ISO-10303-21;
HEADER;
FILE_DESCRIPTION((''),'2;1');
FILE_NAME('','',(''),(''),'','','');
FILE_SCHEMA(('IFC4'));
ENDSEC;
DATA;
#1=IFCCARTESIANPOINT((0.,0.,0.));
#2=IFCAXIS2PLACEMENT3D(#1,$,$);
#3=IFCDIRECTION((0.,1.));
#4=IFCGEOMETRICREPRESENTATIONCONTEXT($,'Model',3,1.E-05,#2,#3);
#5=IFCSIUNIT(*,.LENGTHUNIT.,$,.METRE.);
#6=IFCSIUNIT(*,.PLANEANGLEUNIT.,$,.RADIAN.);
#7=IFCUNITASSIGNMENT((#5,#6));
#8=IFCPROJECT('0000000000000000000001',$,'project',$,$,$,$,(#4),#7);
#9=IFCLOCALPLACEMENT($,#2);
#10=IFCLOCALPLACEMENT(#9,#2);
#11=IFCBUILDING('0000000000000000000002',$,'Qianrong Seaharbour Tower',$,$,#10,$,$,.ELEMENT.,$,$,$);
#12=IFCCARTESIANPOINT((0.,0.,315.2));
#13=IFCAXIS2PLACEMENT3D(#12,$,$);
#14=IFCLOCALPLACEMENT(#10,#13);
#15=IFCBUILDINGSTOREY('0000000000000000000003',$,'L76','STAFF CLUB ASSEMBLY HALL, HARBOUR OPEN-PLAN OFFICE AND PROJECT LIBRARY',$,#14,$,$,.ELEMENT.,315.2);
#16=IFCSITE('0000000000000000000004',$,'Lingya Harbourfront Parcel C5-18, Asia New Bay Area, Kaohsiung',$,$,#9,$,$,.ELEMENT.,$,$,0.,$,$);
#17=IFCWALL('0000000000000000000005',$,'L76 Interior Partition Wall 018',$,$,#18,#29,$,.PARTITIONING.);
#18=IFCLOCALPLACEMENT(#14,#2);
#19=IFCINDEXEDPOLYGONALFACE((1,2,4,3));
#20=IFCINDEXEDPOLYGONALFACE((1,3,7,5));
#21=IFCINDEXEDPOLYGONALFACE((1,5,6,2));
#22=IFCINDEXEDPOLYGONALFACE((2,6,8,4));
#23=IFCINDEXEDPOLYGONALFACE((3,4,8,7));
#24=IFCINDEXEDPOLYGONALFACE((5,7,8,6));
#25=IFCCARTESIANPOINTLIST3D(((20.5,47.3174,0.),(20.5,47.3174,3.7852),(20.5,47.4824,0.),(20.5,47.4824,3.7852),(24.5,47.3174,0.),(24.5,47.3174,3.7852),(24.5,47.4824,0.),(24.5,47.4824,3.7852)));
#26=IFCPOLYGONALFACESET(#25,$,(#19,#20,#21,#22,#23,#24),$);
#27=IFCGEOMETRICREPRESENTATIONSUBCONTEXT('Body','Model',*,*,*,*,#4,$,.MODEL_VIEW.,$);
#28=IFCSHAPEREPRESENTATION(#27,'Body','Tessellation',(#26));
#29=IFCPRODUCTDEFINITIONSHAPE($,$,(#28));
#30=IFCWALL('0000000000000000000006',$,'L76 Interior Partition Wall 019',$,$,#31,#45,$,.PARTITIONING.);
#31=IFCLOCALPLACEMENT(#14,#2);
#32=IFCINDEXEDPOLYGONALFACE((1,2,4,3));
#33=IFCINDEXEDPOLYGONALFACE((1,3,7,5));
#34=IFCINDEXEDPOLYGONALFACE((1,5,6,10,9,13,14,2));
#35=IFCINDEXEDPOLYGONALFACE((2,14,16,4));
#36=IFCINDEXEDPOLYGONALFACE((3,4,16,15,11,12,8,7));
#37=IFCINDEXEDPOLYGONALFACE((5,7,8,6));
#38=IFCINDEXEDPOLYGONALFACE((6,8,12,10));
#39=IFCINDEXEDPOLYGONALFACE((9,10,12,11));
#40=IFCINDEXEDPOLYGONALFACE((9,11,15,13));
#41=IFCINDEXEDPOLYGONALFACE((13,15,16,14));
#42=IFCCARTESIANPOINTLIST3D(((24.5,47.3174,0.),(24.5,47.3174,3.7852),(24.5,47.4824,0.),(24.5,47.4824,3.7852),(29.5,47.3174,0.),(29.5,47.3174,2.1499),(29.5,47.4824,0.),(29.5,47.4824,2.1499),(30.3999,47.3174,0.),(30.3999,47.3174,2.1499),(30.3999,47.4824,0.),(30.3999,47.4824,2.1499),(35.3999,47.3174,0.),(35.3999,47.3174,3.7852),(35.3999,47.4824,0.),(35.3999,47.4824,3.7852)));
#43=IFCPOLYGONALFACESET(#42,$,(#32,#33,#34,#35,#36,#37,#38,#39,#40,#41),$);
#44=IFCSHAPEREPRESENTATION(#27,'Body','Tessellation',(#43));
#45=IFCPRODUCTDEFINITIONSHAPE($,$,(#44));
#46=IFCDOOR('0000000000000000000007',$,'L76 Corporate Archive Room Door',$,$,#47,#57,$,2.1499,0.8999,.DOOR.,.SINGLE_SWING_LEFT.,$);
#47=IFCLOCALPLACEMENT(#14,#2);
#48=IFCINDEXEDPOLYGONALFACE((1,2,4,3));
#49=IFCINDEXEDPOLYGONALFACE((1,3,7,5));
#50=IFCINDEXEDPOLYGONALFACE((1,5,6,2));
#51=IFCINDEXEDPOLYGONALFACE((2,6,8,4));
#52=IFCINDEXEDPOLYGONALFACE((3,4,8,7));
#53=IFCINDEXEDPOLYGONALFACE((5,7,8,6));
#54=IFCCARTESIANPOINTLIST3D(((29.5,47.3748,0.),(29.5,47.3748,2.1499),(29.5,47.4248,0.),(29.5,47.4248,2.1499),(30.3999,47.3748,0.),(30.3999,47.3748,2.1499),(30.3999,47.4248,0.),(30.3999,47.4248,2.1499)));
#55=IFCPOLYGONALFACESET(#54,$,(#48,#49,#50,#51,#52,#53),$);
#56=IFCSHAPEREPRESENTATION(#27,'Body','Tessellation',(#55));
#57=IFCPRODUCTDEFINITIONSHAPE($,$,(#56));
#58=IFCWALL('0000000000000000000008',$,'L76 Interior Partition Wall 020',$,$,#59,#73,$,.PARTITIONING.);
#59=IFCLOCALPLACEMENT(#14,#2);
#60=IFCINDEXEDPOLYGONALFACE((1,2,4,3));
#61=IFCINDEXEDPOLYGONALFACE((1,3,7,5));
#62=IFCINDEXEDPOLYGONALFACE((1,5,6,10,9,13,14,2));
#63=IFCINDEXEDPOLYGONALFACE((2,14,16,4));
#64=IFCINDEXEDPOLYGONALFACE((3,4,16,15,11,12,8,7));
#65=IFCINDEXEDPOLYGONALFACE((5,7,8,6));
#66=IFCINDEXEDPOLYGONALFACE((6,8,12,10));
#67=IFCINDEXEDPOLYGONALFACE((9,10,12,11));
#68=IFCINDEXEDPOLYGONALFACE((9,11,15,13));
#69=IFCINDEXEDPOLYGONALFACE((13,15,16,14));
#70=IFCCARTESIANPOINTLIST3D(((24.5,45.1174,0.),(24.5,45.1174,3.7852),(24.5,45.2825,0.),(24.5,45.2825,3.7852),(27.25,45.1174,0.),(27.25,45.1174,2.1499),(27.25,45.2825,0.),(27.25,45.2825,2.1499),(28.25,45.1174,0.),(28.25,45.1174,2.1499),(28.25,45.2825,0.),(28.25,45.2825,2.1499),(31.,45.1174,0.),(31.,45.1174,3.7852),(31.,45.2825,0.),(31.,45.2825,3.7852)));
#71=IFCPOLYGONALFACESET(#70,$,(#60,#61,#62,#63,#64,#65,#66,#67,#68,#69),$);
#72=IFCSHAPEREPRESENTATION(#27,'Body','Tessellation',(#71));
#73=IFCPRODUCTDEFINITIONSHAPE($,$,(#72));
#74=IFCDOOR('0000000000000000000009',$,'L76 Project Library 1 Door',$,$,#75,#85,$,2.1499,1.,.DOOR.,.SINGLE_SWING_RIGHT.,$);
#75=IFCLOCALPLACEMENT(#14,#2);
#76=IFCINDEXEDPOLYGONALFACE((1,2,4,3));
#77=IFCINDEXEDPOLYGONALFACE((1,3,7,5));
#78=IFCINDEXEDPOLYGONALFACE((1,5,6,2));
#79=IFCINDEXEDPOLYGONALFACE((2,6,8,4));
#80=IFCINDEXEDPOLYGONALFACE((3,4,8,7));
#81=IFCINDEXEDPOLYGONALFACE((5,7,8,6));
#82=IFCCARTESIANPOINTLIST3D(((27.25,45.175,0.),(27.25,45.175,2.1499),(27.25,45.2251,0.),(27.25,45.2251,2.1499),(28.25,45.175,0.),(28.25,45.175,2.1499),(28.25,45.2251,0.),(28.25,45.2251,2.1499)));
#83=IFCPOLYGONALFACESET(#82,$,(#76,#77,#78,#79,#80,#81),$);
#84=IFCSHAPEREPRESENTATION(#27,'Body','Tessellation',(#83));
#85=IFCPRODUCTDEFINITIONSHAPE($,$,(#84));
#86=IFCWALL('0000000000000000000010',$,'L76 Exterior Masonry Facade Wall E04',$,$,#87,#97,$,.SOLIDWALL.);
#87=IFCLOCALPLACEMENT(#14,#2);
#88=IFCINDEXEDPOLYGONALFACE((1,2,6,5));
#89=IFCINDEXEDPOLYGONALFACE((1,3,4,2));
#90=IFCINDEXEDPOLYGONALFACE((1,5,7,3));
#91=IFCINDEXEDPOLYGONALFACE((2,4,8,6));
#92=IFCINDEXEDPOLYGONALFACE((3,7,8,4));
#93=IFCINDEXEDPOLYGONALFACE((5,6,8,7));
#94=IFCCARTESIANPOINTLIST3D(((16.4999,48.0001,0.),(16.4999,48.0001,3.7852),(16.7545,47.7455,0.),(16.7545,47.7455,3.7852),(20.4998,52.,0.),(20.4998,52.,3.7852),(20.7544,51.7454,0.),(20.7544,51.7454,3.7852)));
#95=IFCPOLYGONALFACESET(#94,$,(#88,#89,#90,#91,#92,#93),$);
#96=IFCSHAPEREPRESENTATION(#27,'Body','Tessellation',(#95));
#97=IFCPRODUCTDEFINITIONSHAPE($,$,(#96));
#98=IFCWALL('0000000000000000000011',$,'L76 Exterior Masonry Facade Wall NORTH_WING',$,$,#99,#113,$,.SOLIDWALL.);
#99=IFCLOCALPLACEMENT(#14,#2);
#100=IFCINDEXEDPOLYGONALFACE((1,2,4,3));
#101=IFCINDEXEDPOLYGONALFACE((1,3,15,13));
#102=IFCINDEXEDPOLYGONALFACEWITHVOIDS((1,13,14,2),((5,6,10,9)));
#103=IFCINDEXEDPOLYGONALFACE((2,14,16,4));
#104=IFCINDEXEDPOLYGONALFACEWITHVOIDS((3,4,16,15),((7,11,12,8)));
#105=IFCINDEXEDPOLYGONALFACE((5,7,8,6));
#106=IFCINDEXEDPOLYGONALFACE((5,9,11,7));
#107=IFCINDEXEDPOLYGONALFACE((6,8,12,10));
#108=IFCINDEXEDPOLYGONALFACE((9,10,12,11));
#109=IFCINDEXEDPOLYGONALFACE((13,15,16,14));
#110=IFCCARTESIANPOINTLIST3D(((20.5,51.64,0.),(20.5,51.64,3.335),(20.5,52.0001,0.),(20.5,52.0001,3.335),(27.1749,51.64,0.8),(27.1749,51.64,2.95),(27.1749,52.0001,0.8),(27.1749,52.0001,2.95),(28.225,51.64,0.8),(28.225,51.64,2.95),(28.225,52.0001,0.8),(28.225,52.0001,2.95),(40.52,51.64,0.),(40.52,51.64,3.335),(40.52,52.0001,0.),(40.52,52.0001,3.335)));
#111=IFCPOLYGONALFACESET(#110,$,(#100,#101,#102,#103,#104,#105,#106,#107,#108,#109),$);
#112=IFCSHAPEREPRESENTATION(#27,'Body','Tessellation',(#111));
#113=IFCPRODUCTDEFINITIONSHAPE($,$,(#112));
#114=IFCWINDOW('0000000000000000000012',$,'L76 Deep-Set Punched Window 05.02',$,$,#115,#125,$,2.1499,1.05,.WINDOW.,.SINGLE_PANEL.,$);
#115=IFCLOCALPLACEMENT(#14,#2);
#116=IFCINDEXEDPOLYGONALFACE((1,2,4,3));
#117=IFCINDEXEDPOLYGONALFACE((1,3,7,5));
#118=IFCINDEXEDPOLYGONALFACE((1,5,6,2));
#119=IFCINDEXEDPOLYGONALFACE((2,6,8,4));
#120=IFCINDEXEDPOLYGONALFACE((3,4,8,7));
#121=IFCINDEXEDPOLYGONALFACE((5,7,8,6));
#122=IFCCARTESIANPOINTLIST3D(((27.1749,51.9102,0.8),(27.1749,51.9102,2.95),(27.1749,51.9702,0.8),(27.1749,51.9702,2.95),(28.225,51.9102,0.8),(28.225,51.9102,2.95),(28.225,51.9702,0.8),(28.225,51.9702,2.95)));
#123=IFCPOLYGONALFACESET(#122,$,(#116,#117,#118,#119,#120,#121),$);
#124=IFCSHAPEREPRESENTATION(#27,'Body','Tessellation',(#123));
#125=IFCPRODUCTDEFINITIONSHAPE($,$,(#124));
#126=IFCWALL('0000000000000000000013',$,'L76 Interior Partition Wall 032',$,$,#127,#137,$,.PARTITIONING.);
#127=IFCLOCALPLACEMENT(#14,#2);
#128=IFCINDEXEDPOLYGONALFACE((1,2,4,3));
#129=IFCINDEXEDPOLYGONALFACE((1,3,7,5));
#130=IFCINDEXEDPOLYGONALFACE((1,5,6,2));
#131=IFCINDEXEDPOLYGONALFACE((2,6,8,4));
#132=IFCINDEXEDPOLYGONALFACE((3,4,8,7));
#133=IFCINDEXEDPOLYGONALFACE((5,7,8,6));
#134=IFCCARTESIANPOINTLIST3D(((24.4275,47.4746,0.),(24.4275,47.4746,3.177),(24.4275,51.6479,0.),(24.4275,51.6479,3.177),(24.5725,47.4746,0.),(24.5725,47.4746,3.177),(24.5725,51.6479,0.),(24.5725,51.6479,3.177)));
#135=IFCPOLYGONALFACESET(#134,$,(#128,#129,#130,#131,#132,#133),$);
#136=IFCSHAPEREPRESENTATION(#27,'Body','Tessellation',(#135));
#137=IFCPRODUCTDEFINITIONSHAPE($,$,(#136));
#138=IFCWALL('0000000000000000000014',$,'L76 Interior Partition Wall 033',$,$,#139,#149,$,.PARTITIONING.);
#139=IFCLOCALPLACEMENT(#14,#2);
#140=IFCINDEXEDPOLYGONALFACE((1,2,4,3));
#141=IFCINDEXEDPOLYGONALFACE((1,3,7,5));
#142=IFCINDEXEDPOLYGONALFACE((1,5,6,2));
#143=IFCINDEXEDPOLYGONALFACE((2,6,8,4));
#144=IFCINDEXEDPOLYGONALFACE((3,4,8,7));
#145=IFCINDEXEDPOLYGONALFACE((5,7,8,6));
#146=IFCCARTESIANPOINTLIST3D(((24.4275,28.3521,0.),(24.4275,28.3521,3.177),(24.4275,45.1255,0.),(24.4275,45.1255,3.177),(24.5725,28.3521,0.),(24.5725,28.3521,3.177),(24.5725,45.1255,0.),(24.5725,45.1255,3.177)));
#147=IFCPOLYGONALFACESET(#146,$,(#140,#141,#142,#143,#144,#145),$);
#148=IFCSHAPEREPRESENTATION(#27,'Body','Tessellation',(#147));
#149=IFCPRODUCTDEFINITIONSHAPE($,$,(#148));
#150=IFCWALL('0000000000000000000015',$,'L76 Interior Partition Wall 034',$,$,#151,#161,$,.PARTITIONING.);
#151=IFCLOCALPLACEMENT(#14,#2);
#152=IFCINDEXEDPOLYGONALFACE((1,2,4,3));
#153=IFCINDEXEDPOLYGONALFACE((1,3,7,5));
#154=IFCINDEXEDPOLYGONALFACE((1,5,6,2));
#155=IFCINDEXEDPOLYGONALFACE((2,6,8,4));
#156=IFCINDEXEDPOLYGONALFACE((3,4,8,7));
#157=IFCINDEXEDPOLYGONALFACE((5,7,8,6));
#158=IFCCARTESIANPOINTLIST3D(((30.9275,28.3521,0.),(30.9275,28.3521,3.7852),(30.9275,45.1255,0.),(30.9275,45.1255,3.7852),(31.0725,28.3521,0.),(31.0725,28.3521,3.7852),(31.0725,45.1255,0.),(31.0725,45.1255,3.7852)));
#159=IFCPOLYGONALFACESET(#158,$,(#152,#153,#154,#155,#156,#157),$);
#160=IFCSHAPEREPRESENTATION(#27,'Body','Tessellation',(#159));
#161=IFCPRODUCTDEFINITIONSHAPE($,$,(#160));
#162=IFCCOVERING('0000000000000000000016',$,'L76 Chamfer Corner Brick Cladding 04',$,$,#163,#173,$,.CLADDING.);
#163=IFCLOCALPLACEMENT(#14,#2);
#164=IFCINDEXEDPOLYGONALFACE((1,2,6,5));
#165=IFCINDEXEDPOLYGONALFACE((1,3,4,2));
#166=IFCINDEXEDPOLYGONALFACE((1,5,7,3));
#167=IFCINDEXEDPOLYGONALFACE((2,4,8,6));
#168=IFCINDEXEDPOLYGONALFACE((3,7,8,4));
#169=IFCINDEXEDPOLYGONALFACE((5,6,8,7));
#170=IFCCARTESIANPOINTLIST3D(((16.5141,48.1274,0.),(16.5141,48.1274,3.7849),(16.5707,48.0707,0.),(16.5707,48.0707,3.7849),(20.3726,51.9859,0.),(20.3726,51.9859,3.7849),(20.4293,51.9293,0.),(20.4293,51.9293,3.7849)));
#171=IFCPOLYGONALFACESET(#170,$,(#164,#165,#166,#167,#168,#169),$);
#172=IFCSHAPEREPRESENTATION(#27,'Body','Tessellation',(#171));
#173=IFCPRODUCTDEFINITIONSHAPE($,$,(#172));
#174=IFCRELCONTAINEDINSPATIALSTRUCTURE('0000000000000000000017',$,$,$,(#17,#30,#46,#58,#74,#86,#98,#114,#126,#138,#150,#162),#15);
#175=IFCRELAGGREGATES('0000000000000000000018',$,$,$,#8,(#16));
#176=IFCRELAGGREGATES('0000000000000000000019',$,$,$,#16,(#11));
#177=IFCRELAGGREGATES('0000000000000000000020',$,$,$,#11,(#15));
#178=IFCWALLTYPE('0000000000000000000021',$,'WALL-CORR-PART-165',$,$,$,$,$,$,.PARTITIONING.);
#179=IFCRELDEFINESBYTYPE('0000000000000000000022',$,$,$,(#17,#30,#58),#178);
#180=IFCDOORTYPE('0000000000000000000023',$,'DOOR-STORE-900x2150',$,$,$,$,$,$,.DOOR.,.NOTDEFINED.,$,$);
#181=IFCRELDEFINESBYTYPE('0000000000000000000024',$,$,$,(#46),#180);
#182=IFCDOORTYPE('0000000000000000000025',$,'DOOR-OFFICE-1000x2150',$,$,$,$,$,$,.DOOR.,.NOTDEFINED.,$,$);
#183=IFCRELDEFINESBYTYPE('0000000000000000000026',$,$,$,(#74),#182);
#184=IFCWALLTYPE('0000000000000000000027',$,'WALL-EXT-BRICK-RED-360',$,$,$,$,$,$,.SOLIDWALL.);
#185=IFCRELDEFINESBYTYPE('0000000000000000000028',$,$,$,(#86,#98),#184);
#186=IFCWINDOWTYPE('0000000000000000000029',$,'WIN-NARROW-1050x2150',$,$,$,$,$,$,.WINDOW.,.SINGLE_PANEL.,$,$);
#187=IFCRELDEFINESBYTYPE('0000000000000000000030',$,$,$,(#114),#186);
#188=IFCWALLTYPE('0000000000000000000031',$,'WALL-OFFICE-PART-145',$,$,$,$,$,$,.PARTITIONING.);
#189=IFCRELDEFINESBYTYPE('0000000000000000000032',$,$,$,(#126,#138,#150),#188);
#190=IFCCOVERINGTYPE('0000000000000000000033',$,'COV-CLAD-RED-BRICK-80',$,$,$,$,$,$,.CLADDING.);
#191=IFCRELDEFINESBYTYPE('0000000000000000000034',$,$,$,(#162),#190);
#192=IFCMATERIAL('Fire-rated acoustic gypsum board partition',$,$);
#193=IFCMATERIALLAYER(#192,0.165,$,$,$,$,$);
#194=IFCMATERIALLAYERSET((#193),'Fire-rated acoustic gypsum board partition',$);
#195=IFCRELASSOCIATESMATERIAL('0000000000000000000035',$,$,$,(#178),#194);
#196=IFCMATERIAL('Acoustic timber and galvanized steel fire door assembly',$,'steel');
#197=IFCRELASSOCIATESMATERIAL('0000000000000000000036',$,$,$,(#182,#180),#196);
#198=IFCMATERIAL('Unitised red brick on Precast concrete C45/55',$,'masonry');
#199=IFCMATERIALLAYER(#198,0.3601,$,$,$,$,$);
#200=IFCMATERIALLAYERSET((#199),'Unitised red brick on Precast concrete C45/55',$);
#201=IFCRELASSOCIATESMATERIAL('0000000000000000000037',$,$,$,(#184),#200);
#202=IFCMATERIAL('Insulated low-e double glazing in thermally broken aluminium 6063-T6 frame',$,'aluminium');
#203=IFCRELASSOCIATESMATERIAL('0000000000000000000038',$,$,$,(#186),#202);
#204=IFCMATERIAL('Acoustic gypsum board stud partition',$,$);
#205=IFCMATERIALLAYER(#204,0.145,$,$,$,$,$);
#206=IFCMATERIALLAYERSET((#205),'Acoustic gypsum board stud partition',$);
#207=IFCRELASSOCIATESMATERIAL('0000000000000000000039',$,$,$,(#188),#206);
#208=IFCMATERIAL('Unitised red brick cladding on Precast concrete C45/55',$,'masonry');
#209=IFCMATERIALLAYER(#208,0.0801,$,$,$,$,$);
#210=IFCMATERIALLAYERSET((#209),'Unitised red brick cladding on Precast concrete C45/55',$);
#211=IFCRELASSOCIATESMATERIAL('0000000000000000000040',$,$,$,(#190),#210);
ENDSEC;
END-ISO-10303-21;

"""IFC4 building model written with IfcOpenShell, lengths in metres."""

from ifc_helpers import new_model, si_unit, direction, frame, frame_2d, origin, origin_2d, place, context, subcontext, project, spatial, rectangle, extrude, material, layer, layer_set, type_object, element, fill, save


model = new_model("IFC4")

# Units and contexts
model_context = context("Model", 3, precision=1e-05, world=origin(), true_north=direction((0.0, 1.0)))
body_context = subcontext(model_context, "Body", "Model", "MODEL_VIEW")
ifc_project = project(units=[si_unit("LENGTHUNIT", "METRE"), si_unit("PLANEANGLEUNIT", "RADIAN")], contexts=[model_context])

# Site, building, storey
site_placement = place(None, origin())
site = spatial("IfcSite", under=ifc_project, at=site_placement, Name="Lingya Harbourfront Parcel C5-18, Asia New Bay Area, Kaohsiung", CompositionType="ELEMENT", RefElevation=0.0)
building_placement = place(site_placement, origin())
building = spatial("IfcBuilding", under=site, at=building_placement, Name="Qianrong Seaharbour Tower", CompositionType="ELEMENT")
storey_placement = place(building_placement, frame((0.0, 0.0, 315.2)))
storey = spatial("IfcBuildingStorey", under=building, at=storey_placement, Name="L76", Description="STAFF CLUB ASSEMBLY HALL, HARBOUR OPEN-PLAN OFFICE AND PROJECT LIBRARY", CompositionType="ELEMENT", Elevation=315.2)

# Shared definitions
ifc_material_1 = material(Name="Fire-rated acoustic gypsum board partition")
ifc_layer_1 = layer(ifc_material_1, 0.165)
ifc_layer_set_1 = layer_set([ifc_layer_1], Name="Fire-rated acoustic gypsum board partition")
wall_type_1 = type_object("IfcWallType", Name="WALL-CORR-PART-165", PredefinedType="PARTITIONING", material=ifc_layer_set_1)
ifc_material_2 = material(Name="Acoustic timber and galvanized steel fire door assembly", Category="steel")
door_type_1 = type_object("IfcDoorType", Name="DOOR-OFFICE-1000x2150", OperationType="NOTDEFINED", PredefinedType="DOOR", material=ifc_material_2)

# Wall
wall_1_placement = place(storey_placement, frame((20.5, 47.3999, 0.0), z_axis=(0.0, 0.0, 1.0), x_axis=(1.0, 0.0, 0.0)))
element("IfcWall", 1, at=wall_1_placement, inside=storey, type_object=wall_type_1, Name="L76 Interior Partition Wall 018", PredefinedType="PARTITIONING", context=body_context, shape_type="SweptSolid", body=[
    extrude(rectangle(XDim=4.0, YDim=0.165, at=frame_2d((2.0, 0.0))), origin(), (0.0, 0.0, 1.0), 3.7852),
])

# Walls, openings, doors
wall_2_placement = place(storey_placement, frame((24.5, 47.3999, 0.0), z_axis=(0.0, 0.0, 1.0), x_axis=(1.0, 0.0, 0.0)))
wall_2 = element("IfcWall", 2, at=wall_2_placement, inside=storey, type_object=wall_type_1, Name="L76 Interior Partition Wall 019", PredefinedType="PARTITIONING", context=body_context, shape_type="SweptSolid", body=[
    extrude(rectangle(XDim=10.8999, YDim=0.165, at=frame_2d((5.45, 0.0))), origin(), (0.0, 0.0, 1.0), 3.7852),
])
opening_1_placement = place(wall_2_placement, frame((5.0, 0.0, 0.0)))
opening_1 = element("IfcOpeningElement", 3, at=opening_1_placement, cuts=wall_2, PredefinedType="OPENING", context=body_context, shape_type="SweptSolid", body=[
    extrude(rectangle(XDim=0.8999, YDim=2.1499, at=frame_2d((0.45, 1.075))), frame((0.0, 0.0925, 0.0), z_axis=(0.0, -1.0, 0.0), x_axis=(1.0, 0.0, 0.0)), (0.0, 0.0, 1.0), 0.1851),
])
door_type_2 = type_object("IfcDoorType", Name="DOOR-STORE-900x2150", OperationType="NOTDEFINED", PredefinedType="DOOR", material=ifc_material_2)
door_1_placement = place(opening_1_placement, origin())
door_1 = element("IfcDoor", 4, at=door_1_placement, inside=storey, type_object=door_type_2, Name="L76 Corporate Archive Room Door", OperationType="SINGLE_SWING_LEFT", OverallHeight=2.1499, OverallWidth=0.8999, PredefinedType="DOOR", context=body_context, shape_type="SweptSolid", body=[
    extrude(rectangle(XDim=0.8999, YDim=2.1499, at=frame_2d((0.45, 1.075))), frame((0.0, 0.0249, 0.0), z_axis=(0.0, -1.0, 0.0), x_axis=(1.0, 0.0, 0.0)), (0.0, 0.0, 1.0), 0.05),
])
fill(opening_1, door_1)
wall_3_placement = place(storey_placement, frame((31.0, 45.2, 0.0), z_axis=(0.0, 0.0, 1.0), x_axis=(-1.0, 0.0, 0.0)))
wall_3 = element("IfcWall", 5, at=wall_3_placement, inside=storey, type_object=wall_type_1, Name="L76 Interior Partition Wall 020", PredefinedType="PARTITIONING", context=body_context, shape_type="SweptSolid", body=[
    extrude(rectangle(XDim=6.5, YDim=0.165, at=frame_2d((3.25, 0.0))), origin(), (0.0, 0.0, 1.0), 3.7852),
])
opening_2_placement = place(wall_3_placement, frame((2.75, 0.0, 0.0)))
opening_2 = element("IfcOpeningElement", 6, at=opening_2_placement, cuts=wall_3, PredefinedType="OPENING", context=body_context, shape_type="SweptSolid", body=[
    extrude(rectangle(XDim=1.0, YDim=2.1499, at=frame_2d((0.5, 1.075))), frame((0.0, 0.0925, 0.0), z_axis=(0.0, -1.0, 0.0), x_axis=(1.0, 0.0, 0.0)), (0.0, 0.0, 1.0), 0.1851),
])
door_2_placement = place(opening_2_placement, origin())
door_2 = element("IfcDoor", 7, at=door_2_placement, inside=storey, type_object=door_type_1, Name="L76 Project Library 1 Door", OperationType="SINGLE_SWING_RIGHT", OverallHeight=2.1499, OverallWidth=1.0, PredefinedType="DOOR", context=body_context, shape_type="SweptSolid", body=[
    extrude(rectangle(XDim=1.0, YDim=2.1499, at=frame_2d((0.5, 1.075))), frame((0.0, 0.0249, 0.0), z_axis=(0.0, -1.0, 0.0), x_axis=(1.0, 0.0, 0.0)), (0.0, 0.0, 1.0), 0.05),
])
fill(opening_2, door_2)

# Wall
ifc_material_3 = material(Name="Unitised red brick on Precast concrete C45/55", Category="masonry")
ifc_layer_2 = layer(ifc_material_3, 0.3601)
ifc_layer_set_2 = layer_set([ifc_layer_2], Name="Unitised red brick on Precast concrete C45/55")
wall_type_2 = type_object("IfcWallType", Name="WALL-EXT-BRICK-RED-360", PredefinedType="SOLIDWALL", material=ifc_layer_set_2)
wall_4_placement = place(storey_placement, frame((16.6272, 47.8728, 0.0), z_axis=(0.0, 0.0, 1.0), x_axis=(0.707107, 0.707107, 0.0)))
element("IfcWall", 8, at=wall_4_placement, inside=storey, type_object=wall_type_2, Name="L76 Exterior Masonry Facade Wall E04", PredefinedType="SOLIDWALL", context=body_context, shape_type="SweptSolid", body=[
    extrude(rectangle(XDim=5.6567, YDim=0.3601, at=frame_2d((2.8284, 0.0))), origin(), (0.0, 0.0, 1.0), 3.7852),
])

# Wall, opening, window
wall_5_placement = place(storey_placement, frame((20.5, 51.8201, 0.0), z_axis=(0.0, 0.0, 1.0), x_axis=(1.0, 0.0, 0.0)))
wall_5 = element("IfcWall", 9, at=wall_5_placement, inside=storey, type_object=wall_type_2, Name="L76 Exterior Masonry Facade Wall NORTH_WING", PredefinedType="SOLIDWALL", context=body_context, shape_type="SweptSolid", body=[
    extrude(rectangle(XDim=20.02, YDim=0.3601, at=frame_2d((10.01, 0.0))), origin(), (0.0, 0.0, 1.0), 3.335),
])
opening_3_placement = place(wall_5_placement, frame((6.675, 0.0, 0.8)))
opening_3 = element("IfcOpeningElement", 10, at=opening_3_placement, cuts=wall_5, PredefinedType="OPENING", context=body_context, shape_type="SweptSolid", body=[
    extrude(rectangle(XDim=1.05, YDim=2.1499, at=frame_2d((0.5249, 1.075))), frame((0.0, 0.1899, 0.0), z_axis=(0.0, -1.0, 0.0), x_axis=(1.0, 0.0, 0.0)), (0.0, 0.0, 1.0), 0.3801),
])
ifc_material_4 = material(Name="Insulated low-e double glazing in thermally broken aluminium 6063-T6 frame", Category="aluminium")
window_type = type_object("IfcWindowType", Name="WIN-NARROW-1050x2150", PartitioningType="SINGLE_PANEL", PredefinedType="WINDOW", material=ifc_material_4)
window_placement = place(opening_3_placement, origin())
window = element("IfcWindow", 11, at=window_placement, inside=storey, type_object=window_type, Name="L76 Deep-Set Punched Window 05.02", OverallHeight=2.1499, OverallWidth=1.05, PartitioningType="SINGLE_PANEL", PredefinedType="WINDOW", context=body_context, shape_type="SweptSolid", body=[
    extrude(rectangle(XDim=1.05, YDim=2.1499, at=frame_2d((0.5249, 1.075))), frame((0.0, 0.1501, 0.0), z_axis=(0.0, -1.0, 0.0), x_axis=(1.0, 0.0, 0.0)), (0.0, 0.0, 1.0), 0.0601),
])
fill(opening_3, window)

# Walls
ifc_material_5 = material(Name="Acoustic gypsum board stud partition")
ifc_layer_3 = layer(ifc_material_5, 0.145)
ifc_layer_set_3 = layer_set([ifc_layer_3], Name="Acoustic gypsum board stud partition")
wall_type_3 = type_object("IfcWallType", Name="WALL-OFFICE-PART-145", PredefinedType="PARTITIONING", material=ifc_layer_set_3)
wall_6_placement = place(storey_placement, frame((24.5, 51.6479, 0.0), z_axis=(0.0, 0.0, 1.0), x_axis=(0.0, -1.0, 0.0)))
element("IfcWall", 12, at=wall_6_placement, inside=storey, type_object=wall_type_3, Name="L76 Interior Partition Wall 032", PredefinedType="PARTITIONING", context=body_context, shape_type="SweptSolid", body=[
    extrude(rectangle(XDim=4.1733, YDim=0.145, at=frame_2d((2.0867, 0.0))), origin(), (0.0, 0.0, 1.0), 3.177),
])
wall_7_placement = place(storey_placement, frame((24.5, 45.1255, 0.0), z_axis=(0.0, 0.0, 1.0), x_axis=(0.0, -1.0, 0.0)))
element("IfcWall", 13, at=wall_7_placement, inside=storey, type_object=wall_type_3, Name="L76 Interior Partition Wall 033", PredefinedType="PARTITIONING", context=body_context, shape_type="SweptSolid", body=[
    extrude(rectangle(XDim=16.7734, YDim=0.145, at=frame_2d((8.3867, 0.0))), origin(), (0.0, 0.0, 1.0), 3.177),
])
wall_8_placement = place(storey_placement, frame((31.0, 45.1255, 0.0), z_axis=(0.0, 0.0, 1.0), x_axis=(0.0, -1.0, 0.0)))
element("IfcWall", 14, at=wall_8_placement, inside=storey, type_object=wall_type_3, Name="L76 Interior Partition Wall 034", PredefinedType="PARTITIONING", context=body_context, shape_type="SweptSolid", body=[
    extrude(rectangle(XDim=16.7734, YDim=0.145, at=frame_2d((8.3867, 0.0))), origin(), (0.0, 0.0, 1.0), 3.7852),
])

# Covering
ifc_material_6 = material(Name="Unitised red brick cladding on Precast concrete C45/55", Category="masonry")
ifc_layer_4 = layer(ifc_material_6, 0.0801)
ifc_layer_set_4 = layer_set([ifc_layer_4], Name="Unitised red brick cladding on Precast concrete C45/55")
covering_type = type_object("IfcCoveringType", Name="COV-CLAD-RED-BRICK-80", PredefinedType="CLADDING", material=ifc_layer_set_4)
covering_placement = place(storey_placement, frame((18.4717, 50.0283, 0.0), z_axis=(0.0, 0.0, 1.0), x_axis=(0.707107, 0.707107, 0.0)))
element("IfcCovering", 15, at=covering_placement, inside=storey, type_object=covering_type, Name="L76 Chamfer Corner Brick Cladding 04", PredefinedType="CLADDING", context=body_context, shape_type="SweptSolid", body=[
    extrude(rectangle(XDim=5.4568, YDim=0.0801, at=origin_2d()), origin(), (0.0, 0.0, 1.0), 3.7849),
])

save(model, "model.ifc")
